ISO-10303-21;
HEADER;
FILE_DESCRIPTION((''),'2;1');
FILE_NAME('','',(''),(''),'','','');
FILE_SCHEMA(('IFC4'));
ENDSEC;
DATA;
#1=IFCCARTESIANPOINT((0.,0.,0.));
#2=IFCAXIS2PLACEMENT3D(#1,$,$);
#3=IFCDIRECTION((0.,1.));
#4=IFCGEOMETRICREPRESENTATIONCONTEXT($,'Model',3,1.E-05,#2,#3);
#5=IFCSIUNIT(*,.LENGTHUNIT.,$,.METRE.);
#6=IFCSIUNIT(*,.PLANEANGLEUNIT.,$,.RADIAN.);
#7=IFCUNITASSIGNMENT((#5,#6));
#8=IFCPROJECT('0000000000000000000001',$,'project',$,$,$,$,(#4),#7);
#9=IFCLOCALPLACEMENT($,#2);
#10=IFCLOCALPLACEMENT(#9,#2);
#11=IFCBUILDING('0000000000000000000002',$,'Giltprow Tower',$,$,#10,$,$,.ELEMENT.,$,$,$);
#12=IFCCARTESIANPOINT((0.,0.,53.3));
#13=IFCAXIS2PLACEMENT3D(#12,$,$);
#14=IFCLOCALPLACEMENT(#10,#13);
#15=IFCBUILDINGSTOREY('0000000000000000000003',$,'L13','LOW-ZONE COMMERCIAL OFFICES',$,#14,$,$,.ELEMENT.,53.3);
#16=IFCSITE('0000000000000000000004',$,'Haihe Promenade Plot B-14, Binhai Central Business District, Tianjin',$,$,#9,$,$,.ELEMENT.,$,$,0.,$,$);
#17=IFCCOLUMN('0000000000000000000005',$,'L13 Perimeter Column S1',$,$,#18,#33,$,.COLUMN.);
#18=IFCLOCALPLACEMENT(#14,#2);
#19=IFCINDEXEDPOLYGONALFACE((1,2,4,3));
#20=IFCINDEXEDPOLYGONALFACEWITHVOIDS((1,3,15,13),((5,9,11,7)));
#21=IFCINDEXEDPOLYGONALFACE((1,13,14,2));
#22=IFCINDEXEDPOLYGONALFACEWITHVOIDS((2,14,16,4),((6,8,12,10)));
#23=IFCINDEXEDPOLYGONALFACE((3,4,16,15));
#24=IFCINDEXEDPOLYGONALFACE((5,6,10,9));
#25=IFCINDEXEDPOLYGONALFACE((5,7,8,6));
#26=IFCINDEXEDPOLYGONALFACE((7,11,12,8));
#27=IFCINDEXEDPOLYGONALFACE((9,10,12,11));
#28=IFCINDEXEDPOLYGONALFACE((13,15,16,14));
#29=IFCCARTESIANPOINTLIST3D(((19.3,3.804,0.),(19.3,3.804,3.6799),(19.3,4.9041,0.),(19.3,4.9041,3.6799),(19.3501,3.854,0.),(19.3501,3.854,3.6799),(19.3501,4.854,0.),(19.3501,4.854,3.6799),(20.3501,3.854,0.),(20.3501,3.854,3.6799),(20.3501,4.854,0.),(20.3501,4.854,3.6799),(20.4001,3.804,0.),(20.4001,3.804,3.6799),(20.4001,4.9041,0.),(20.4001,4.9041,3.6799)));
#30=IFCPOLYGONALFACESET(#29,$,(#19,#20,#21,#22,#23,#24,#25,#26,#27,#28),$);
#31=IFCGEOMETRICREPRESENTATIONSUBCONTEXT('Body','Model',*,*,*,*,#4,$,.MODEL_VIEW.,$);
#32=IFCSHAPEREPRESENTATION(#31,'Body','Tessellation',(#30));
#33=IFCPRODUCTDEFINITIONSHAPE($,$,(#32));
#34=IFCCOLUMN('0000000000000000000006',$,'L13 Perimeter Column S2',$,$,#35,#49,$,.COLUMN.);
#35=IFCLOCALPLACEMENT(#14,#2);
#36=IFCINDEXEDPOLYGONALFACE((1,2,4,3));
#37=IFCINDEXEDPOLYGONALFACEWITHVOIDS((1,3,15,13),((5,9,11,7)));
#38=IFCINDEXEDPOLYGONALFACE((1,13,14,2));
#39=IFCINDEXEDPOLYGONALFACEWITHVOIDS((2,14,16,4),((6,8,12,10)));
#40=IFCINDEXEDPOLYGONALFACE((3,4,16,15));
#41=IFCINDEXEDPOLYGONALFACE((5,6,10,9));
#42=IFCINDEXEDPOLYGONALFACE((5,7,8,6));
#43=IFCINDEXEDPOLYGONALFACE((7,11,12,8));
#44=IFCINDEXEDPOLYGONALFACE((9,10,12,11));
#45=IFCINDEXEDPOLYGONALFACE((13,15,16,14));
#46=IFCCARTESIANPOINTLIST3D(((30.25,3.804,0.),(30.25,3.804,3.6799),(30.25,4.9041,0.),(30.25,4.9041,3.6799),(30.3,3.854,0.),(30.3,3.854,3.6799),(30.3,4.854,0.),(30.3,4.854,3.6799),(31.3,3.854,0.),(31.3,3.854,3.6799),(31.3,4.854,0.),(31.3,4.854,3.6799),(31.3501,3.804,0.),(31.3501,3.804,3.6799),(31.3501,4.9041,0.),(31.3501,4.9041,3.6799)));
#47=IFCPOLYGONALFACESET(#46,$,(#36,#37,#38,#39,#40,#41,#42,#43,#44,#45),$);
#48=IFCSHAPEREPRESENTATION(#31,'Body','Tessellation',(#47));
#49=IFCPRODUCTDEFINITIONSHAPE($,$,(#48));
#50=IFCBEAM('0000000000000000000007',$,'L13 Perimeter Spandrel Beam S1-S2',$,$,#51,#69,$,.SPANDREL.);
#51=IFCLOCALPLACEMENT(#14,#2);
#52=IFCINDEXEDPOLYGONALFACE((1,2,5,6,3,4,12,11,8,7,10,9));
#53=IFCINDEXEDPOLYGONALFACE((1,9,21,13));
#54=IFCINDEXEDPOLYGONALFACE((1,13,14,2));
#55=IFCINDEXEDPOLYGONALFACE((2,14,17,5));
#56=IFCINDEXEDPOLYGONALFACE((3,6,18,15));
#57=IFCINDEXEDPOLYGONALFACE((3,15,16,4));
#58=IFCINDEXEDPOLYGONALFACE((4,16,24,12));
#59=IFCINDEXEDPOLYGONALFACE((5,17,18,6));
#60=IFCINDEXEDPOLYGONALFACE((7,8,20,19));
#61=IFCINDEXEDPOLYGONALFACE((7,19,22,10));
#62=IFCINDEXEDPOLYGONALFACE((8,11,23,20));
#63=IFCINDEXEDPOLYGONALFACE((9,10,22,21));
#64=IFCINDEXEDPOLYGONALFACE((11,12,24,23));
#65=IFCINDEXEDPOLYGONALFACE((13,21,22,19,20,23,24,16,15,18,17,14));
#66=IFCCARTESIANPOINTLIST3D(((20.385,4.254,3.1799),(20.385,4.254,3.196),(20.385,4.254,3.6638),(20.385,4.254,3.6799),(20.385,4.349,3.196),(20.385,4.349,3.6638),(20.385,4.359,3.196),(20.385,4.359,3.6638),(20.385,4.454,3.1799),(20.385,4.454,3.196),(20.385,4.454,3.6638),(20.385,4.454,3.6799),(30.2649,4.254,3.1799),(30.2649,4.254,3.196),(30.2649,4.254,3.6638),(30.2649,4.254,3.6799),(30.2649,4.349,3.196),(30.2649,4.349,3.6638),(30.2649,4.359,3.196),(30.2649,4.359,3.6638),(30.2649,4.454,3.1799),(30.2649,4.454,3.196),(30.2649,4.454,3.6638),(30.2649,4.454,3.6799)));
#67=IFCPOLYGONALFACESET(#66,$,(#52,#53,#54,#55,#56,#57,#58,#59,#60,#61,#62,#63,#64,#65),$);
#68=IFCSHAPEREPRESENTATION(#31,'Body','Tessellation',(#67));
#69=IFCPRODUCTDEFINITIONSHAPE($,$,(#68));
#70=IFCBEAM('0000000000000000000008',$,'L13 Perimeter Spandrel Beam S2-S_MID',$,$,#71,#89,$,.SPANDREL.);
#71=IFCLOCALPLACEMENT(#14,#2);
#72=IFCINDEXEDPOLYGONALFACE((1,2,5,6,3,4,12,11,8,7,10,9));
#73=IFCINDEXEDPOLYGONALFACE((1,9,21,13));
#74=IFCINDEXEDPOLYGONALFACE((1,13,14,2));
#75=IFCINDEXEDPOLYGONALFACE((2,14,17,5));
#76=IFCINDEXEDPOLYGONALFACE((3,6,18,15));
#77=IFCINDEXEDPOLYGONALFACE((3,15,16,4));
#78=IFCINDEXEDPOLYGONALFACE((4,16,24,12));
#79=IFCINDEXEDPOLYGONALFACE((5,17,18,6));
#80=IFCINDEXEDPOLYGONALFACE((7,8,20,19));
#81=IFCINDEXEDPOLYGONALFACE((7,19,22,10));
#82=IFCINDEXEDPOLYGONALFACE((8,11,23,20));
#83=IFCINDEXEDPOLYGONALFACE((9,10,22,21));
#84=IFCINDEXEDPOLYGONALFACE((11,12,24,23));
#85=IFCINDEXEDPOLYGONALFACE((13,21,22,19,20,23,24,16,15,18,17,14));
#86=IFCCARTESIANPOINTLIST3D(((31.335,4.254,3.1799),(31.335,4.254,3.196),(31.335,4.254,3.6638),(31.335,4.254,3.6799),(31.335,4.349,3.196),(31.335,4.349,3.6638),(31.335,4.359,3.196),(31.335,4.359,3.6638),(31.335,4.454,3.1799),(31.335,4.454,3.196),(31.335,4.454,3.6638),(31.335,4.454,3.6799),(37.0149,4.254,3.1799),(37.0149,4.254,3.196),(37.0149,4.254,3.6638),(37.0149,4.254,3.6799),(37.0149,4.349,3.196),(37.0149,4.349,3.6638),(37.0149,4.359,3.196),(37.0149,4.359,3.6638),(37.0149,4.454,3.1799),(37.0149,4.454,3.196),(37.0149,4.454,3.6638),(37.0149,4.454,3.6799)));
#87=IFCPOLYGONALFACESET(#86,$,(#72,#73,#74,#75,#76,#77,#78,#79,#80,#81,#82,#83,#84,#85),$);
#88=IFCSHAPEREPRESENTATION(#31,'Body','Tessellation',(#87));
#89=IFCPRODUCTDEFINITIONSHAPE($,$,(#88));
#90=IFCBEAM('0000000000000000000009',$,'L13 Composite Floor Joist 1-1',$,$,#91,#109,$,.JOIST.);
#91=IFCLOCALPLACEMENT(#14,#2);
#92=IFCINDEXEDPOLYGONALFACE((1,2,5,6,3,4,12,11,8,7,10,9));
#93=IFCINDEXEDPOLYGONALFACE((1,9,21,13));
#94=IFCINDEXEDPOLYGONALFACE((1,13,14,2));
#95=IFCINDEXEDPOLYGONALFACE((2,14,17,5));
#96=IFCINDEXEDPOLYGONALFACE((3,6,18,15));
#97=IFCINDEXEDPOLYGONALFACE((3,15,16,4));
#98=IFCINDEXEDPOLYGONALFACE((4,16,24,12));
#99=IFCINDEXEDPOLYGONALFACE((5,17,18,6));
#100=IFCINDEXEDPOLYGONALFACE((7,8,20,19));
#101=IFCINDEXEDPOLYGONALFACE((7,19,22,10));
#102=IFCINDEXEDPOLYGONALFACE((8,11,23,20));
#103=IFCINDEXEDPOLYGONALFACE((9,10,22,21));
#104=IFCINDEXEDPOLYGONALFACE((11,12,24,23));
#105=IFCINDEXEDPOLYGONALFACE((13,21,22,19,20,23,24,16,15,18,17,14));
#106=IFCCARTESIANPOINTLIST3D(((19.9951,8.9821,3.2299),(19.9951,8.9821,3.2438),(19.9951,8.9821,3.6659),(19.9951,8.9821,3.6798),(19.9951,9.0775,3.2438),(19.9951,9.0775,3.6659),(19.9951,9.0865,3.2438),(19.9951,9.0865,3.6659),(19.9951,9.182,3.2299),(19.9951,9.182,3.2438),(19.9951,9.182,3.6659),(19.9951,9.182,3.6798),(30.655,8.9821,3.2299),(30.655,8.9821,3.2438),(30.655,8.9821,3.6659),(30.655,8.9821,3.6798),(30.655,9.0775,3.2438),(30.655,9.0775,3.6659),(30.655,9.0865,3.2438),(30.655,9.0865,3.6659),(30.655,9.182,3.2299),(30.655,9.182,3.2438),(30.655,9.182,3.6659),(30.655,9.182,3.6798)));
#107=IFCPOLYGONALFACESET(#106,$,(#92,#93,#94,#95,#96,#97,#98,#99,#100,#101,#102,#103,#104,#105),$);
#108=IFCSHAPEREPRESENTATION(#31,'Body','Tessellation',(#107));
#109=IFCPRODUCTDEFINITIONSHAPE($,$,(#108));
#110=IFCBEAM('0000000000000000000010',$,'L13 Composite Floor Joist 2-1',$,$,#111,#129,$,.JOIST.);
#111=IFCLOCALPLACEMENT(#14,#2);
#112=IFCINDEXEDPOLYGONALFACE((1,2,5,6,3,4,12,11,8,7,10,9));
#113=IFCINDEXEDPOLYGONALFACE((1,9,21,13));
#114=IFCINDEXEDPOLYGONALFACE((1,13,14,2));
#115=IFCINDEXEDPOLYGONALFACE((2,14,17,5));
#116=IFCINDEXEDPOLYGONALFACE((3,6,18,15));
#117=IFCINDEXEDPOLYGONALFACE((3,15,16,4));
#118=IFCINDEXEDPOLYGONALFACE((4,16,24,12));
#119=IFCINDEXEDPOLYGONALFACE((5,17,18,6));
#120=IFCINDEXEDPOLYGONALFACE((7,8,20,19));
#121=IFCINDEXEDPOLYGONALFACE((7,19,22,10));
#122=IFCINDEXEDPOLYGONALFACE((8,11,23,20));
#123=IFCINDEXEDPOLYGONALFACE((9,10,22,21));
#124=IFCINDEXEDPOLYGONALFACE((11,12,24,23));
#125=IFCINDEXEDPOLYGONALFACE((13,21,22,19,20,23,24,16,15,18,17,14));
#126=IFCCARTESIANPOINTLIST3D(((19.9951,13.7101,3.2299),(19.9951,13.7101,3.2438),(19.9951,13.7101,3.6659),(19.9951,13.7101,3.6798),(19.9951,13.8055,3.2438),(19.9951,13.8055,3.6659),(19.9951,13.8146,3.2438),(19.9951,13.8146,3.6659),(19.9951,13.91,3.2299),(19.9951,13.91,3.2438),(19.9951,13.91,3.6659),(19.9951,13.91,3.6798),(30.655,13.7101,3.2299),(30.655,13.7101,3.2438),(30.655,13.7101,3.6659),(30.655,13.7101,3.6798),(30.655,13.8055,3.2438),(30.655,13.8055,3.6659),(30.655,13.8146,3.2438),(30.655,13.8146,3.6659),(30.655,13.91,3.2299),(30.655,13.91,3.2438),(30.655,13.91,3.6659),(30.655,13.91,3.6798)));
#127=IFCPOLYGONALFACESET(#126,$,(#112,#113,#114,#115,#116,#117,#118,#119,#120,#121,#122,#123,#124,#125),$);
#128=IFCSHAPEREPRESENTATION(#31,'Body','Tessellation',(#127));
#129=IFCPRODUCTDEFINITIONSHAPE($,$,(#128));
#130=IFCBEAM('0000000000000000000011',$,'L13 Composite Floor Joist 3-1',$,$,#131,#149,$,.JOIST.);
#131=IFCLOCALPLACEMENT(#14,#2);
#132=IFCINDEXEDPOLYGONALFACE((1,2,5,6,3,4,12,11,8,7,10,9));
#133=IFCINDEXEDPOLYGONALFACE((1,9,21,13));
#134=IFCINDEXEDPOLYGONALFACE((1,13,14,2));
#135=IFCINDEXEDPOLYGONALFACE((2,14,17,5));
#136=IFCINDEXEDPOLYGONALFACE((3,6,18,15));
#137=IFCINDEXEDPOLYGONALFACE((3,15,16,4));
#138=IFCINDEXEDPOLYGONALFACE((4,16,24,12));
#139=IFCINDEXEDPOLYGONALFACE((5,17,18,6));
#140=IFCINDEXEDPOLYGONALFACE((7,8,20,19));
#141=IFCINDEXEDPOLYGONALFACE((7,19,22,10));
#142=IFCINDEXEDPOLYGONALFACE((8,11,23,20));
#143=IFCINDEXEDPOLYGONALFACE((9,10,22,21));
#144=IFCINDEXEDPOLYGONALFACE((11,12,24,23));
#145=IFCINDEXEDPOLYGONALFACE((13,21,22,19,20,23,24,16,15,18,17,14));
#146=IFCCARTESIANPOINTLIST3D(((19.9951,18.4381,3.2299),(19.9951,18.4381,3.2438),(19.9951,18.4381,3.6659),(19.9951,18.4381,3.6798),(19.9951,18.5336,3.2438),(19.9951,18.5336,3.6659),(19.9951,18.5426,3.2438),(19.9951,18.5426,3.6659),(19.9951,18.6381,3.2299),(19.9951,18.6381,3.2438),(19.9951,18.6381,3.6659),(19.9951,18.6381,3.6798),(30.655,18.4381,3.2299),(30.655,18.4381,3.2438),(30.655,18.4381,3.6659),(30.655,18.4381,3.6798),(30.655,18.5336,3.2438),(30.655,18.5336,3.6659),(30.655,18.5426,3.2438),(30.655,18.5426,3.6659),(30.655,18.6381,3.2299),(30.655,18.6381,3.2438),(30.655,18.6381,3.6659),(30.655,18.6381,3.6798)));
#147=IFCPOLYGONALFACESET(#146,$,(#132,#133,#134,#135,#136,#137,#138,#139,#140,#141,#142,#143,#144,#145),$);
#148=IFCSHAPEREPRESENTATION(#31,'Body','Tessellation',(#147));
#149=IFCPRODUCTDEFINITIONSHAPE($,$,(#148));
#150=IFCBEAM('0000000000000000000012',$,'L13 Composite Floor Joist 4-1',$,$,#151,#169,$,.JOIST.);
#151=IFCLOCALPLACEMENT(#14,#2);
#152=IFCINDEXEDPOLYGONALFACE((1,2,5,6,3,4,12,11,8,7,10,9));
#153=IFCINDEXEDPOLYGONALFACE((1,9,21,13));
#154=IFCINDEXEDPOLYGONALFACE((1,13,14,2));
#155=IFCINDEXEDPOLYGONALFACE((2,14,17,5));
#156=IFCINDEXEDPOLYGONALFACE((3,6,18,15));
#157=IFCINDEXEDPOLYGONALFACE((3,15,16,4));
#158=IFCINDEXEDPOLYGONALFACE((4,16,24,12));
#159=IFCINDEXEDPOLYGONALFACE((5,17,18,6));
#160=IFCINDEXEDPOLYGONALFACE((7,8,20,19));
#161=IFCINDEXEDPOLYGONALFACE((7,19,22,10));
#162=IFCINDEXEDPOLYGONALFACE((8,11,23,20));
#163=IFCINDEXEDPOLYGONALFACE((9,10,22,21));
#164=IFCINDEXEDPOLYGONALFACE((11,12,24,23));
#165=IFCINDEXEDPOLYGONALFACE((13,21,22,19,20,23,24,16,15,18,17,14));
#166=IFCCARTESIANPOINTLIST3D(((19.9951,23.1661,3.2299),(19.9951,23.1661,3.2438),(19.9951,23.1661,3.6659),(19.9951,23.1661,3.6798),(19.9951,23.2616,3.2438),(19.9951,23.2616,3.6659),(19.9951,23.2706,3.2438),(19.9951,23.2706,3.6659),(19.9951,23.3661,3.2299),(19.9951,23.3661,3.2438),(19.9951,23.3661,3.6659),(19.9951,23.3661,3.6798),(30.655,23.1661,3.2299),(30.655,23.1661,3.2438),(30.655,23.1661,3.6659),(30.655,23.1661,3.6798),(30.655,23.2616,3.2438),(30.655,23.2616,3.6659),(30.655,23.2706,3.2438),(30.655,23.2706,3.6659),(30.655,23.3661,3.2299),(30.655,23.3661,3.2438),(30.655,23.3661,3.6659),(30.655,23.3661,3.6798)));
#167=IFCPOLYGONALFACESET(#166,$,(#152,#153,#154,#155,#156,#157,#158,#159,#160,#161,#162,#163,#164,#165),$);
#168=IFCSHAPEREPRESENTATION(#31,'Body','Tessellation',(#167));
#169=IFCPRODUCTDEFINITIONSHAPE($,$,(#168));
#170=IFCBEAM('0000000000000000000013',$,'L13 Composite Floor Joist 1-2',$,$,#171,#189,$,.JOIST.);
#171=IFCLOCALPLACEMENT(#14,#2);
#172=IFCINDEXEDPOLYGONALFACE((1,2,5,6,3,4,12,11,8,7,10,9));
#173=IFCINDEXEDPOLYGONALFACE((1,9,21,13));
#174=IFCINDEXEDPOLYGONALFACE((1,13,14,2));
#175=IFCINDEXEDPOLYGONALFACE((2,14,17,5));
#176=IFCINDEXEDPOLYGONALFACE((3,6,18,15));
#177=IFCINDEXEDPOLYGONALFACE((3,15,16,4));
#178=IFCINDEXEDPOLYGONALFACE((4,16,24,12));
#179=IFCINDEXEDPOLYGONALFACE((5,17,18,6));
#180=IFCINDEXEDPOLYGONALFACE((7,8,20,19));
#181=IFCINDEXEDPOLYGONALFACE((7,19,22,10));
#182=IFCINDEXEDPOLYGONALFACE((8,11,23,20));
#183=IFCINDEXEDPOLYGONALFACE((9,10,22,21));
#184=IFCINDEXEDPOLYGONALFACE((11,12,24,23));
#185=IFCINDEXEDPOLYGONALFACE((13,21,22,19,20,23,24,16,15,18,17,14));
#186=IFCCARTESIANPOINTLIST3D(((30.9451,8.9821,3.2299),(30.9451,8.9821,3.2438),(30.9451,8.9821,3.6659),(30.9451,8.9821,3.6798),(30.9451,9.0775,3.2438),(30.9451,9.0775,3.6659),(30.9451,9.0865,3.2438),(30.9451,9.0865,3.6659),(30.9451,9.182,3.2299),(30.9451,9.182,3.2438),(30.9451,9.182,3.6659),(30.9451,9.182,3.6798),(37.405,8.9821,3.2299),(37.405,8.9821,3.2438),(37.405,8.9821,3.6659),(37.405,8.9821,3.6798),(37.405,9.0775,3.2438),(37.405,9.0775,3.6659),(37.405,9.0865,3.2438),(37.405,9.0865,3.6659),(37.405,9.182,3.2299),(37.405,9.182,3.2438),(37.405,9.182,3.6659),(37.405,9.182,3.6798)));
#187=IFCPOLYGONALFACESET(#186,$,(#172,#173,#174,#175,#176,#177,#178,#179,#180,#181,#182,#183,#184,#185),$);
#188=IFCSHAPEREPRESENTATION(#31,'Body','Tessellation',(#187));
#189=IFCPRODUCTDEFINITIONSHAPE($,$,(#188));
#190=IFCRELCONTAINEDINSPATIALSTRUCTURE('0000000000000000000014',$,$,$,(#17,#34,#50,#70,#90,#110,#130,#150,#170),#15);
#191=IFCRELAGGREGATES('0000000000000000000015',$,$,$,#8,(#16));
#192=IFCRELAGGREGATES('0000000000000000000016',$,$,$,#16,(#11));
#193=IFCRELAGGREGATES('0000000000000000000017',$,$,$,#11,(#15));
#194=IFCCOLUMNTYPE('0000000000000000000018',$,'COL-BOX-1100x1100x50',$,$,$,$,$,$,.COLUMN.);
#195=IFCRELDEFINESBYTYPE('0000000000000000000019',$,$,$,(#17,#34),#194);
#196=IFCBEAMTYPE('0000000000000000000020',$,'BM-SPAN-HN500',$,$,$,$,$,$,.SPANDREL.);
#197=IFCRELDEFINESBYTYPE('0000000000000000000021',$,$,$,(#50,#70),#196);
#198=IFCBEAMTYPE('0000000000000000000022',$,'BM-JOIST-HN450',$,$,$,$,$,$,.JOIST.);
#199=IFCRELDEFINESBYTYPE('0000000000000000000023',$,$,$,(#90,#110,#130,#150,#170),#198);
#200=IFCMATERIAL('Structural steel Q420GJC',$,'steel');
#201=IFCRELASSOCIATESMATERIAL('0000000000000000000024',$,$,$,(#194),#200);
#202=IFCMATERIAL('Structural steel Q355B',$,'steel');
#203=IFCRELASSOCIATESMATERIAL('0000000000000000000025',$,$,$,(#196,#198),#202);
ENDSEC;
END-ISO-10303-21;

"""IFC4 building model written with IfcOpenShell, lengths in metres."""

from ifc_helpers import new_model, si_unit, direction, frame, origin, origin_2d, place, context, subcontext, project, spatial, hollow_rectangle, i_section, extrude, source, transform, mapped, material, material_profile, profile_set, type_object, element, save


model = new_model("IFC4")

# Units and contexts
model_context = context("Model", 3, precision=1e-05, world=origin(), true_north=direction((0.0, 1.0)))
body_context = subcontext(model_context, "Body", "Model", "MODEL_VIEW")
ifc_project = project(units=[si_unit("LENGTHUNIT", "METRE"), si_unit("PLANEANGLEUNIT", "RADIAN")], contexts=[model_context])

# Site, building, storey
site_placement = place(None, origin())
site = spatial("IfcSite", under=ifc_project, at=site_placement, Name="Haihe Promenade Plot B-14, Binhai Central Business District, Tianjin", CompositionType="ELEMENT", RefElevation=0.0)
building_placement = place(site_placement, origin())
building = spatial("IfcBuilding", under=site, at=building_placement, Name="Giltprow Tower", CompositionType="ELEMENT")
storey_placement = place(building_placement, frame((0.0, 0.0, 53.3)))
storey = spatial("IfcBuildingStorey", under=building, at=storey_placement, Name="L13", Description="LOW-ZONE COMMERCIAL OFFICES", CompositionType="ELEMENT", Elevation=53.3)

# Columns
ifc_material_1 = material(Name="Structural steel Q420GJC", Category="steel")
ifc_material_profile_1 = material_profile(ifc_material_1, hollow_rectangle(XDim=1.1001, YDim=1.1001, WallThickness=0.05, at=origin_2d()), Name="BOX 1100x1100x50")
ifc_profile_set_1 = profile_set([ifc_material_profile_1], Name="Structural steel Q420GJC")
column_type = type_object("IfcColumnType", Name="COL-BOX-1100x1100x50", PredefinedType="COLUMN", material=ifc_profile_set_1)
shared_shape_1 = source(origin(), body_context, "Body", "SweptSolid", [
    extrude(hollow_rectangle(XDim=1.1001, YDim=1.1001, WallThickness=0.05, at=origin_2d()), origin(), (0.0, 0.0, 1.0), 3.6799),
])
for number, where, z_axis, x_axis, name in (
    (1, (19.8501, 4.354, 0.0), (0.0, 0.0, 1.0), (1.0, 0.0, 0.0), "L13 Perimeter Column S1"),
    (2, (30.8, 4.354, 0.0), (0.0, 0.0, 1.0), (1.0, 0.0, 0.0), "L13 Perimeter Column S2"),
):
    element("IfcColumn", number, at=place(storey_placement, frame(where, z_axis=z_axis, x_axis=x_axis)), inside=storey, type_object=column_type, Name=name, PredefinedType="COLUMN", context=body_context, shape_type="MappedRepresentation", body=[
        mapped(shared_shape_1, transform((0.0, 0.0, 0.0), x_axis=(1.0, 0.0, 0.0), y_axis=(0.0, 1.0, 0.0), z_axis=(0.0, 0.0, 1.0), scale=1.0)),
    ])

# Beams
ifc_material_2 = material(Name="Structural steel Q355B", Category="steel")
ifc_material_profile_2 = material_profile(ifc_material_2, i_section(OverallWidth=0.2, OverallDepth=0.5, WebThickness=0.01, FlangeThickness=0.0161, at=origin_2d()), Name="HN 500x200x10x16")
ifc_profile_set_2 = profile_set([ifc_material_profile_2], Name="Structural steel Q355B")
beam_type_1 = type_object("IfcBeamType", Name="BM-SPAN-HN500", PredefinedType="SPANDREL", material=ifc_profile_set_2)
shared_shape_2 = source(origin(), body_context, "Body", "SweptSolid", [
    extrude(i_section(OverallWidth=0.2, OverallDepth=0.5, WebThickness=0.01, FlangeThickness=0.0161, at=origin_2d()), origin(), (0.0, 0.0, 1.0), 9.8799),
])
beam_1_placement = place(storey_placement, frame((20.385, 4.354, 3.4299), z_axis=(1.0, 0.0, 0.0), x_axis=(0.0, 1.0, 0.0)))
element("IfcBeam", 3, at=beam_1_placement, inside=storey, type_object=beam_type_1, Name="L13 Perimeter Spandrel Beam S1-S2", PredefinedType="SPANDREL", context=body_context, shape_type="MappedRepresentation", body=[
    mapped(shared_shape_2, transform((0.0, 0.0, 0.0), x_axis=(1.0, 0.0, 0.0), y_axis=(0.0, 1.0, 0.0), z_axis=(0.0, 0.0, 1.0), scale=1.0)),
])
shared_shape_3 = source(origin(), body_context, "Body", "SweptSolid", [
    extrude(i_section(OverallWidth=0.2, OverallDepth=0.5, WebThickness=0.01, FlangeThickness=0.0161, at=origin_2d()), origin(), (0.0, 0.0, 1.0), 5.6799),
])
beam_2_placement = place(storey_placement, frame((31.335, 4.354, 3.4299), z_axis=(1.0, 0.0, 0.0), x_axis=(0.0, 1.0, 0.0)))
element("IfcBeam", 4, at=beam_2_placement, inside=storey, type_object=beam_type_1, Name="L13 Perimeter Spandrel Beam S2-S_MID", PredefinedType="SPANDREL", context=body_context, shape_type="MappedRepresentation", body=[
    mapped(shared_shape_3, transform((0.0, 0.0, 0.0), x_axis=(1.0, 0.0, 0.0), y_axis=(0.0, 1.0, 0.0), z_axis=(0.0, 0.0, 1.0), scale=1.0)),
])
ifc_material_profile_3 = material_profile(ifc_material_2, i_section(OverallWidth=0.2, OverallDepth=0.45, WebThickness=0.009, FlangeThickness=0.0139, at=origin_2d()), Name="HN 450x200x9x14")
ifc_profile_set_3 = profile_set([ifc_material_profile_3], Name="Structural steel Q355B")
beam_type_2 = type_object("IfcBeamType", Name="BM-JOIST-HN450", PredefinedType="JOIST", material=ifc_profile_set_3)
shared_shape_4 = source(origin(), body_context, "Body", "SweptSolid", [
    extrude(i_section(OverallWidth=0.2, OverallDepth=0.45, WebThickness=0.009, FlangeThickness=0.0139, at=origin_2d()), origin(), (0.0, 0.0, 1.0), 10.6599),
])
for number, where, z_axis, x_axis, name in (
    (5, (19.9951, 9.082, 3.4548), (1.0, 0.0, 0.0), (0.0, 1.0, 0.0), "L13 Composite Floor Joist 1-1"),
    (6, (19.9951, 13.8101, 3.4548), (1.0, 0.0, 0.0), (0.0, 1.0, 0.0), "L13 Composite Floor Joist 2-1"),
    (7, (19.9951, 18.5381, 3.4548), (1.0, 0.0, 0.0), (0.0, 1.0, 0.0), "L13 Composite Floor Joist 3-1"),
    (8, (19.9951, 23.2661, 3.4548), (1.0, 0.0, 0.0), (0.0, 1.0, 0.0), "L13 Composite Floor Joist 4-1"),
):
    element("IfcBeam", number, at=place(storey_placement, frame(where, z_axis=z_axis, x_axis=x_axis)), inside=storey, type_object=beam_type_2, Name=name, PredefinedType="JOIST", context=body_context, shape_type="MappedRepresentation", body=[
        mapped(shared_shape_4, transform((0.0, 0.0, 0.0), x_axis=(1.0, 0.0, 0.0), y_axis=(0.0, 1.0, 0.0), z_axis=(0.0, 0.0, 1.0), scale=1.0)),
    ])
shared_shape_5 = source(origin(), body_context, "Body", "SweptSolid", [
    extrude(i_section(OverallWidth=0.2, OverallDepth=0.45, WebThickness=0.009, FlangeThickness=0.0139, at=origin_2d()), origin(), (0.0, 0.0, 1.0), 6.46),
])
for number, where, z_axis, x_axis, name in (
    (9, (30.9451, 9.082, 3.4548), (1.0, 0.0, 0.0), (0.0, 1.0, 0.0), "L13 Composite Floor Joist 1-2"),
):
    element("IfcBeam", number, at=place(storey_placement, frame(where, z_axis=z_axis, x_axis=x_axis)), inside=storey, type_object=beam_type_2, Name=name, PredefinedType="JOIST", context=body_context, shape_type="MappedRepresentation", body=[
        mapped(shared_shape_5, transform((0.0, 0.0, 0.0), x_axis=(1.0, 0.0, 0.0), y_axis=(0.0, 1.0, 0.0), z_axis=(0.0, 0.0, 1.0), scale=1.0)),
    ])

save(model, "model.ifc")
